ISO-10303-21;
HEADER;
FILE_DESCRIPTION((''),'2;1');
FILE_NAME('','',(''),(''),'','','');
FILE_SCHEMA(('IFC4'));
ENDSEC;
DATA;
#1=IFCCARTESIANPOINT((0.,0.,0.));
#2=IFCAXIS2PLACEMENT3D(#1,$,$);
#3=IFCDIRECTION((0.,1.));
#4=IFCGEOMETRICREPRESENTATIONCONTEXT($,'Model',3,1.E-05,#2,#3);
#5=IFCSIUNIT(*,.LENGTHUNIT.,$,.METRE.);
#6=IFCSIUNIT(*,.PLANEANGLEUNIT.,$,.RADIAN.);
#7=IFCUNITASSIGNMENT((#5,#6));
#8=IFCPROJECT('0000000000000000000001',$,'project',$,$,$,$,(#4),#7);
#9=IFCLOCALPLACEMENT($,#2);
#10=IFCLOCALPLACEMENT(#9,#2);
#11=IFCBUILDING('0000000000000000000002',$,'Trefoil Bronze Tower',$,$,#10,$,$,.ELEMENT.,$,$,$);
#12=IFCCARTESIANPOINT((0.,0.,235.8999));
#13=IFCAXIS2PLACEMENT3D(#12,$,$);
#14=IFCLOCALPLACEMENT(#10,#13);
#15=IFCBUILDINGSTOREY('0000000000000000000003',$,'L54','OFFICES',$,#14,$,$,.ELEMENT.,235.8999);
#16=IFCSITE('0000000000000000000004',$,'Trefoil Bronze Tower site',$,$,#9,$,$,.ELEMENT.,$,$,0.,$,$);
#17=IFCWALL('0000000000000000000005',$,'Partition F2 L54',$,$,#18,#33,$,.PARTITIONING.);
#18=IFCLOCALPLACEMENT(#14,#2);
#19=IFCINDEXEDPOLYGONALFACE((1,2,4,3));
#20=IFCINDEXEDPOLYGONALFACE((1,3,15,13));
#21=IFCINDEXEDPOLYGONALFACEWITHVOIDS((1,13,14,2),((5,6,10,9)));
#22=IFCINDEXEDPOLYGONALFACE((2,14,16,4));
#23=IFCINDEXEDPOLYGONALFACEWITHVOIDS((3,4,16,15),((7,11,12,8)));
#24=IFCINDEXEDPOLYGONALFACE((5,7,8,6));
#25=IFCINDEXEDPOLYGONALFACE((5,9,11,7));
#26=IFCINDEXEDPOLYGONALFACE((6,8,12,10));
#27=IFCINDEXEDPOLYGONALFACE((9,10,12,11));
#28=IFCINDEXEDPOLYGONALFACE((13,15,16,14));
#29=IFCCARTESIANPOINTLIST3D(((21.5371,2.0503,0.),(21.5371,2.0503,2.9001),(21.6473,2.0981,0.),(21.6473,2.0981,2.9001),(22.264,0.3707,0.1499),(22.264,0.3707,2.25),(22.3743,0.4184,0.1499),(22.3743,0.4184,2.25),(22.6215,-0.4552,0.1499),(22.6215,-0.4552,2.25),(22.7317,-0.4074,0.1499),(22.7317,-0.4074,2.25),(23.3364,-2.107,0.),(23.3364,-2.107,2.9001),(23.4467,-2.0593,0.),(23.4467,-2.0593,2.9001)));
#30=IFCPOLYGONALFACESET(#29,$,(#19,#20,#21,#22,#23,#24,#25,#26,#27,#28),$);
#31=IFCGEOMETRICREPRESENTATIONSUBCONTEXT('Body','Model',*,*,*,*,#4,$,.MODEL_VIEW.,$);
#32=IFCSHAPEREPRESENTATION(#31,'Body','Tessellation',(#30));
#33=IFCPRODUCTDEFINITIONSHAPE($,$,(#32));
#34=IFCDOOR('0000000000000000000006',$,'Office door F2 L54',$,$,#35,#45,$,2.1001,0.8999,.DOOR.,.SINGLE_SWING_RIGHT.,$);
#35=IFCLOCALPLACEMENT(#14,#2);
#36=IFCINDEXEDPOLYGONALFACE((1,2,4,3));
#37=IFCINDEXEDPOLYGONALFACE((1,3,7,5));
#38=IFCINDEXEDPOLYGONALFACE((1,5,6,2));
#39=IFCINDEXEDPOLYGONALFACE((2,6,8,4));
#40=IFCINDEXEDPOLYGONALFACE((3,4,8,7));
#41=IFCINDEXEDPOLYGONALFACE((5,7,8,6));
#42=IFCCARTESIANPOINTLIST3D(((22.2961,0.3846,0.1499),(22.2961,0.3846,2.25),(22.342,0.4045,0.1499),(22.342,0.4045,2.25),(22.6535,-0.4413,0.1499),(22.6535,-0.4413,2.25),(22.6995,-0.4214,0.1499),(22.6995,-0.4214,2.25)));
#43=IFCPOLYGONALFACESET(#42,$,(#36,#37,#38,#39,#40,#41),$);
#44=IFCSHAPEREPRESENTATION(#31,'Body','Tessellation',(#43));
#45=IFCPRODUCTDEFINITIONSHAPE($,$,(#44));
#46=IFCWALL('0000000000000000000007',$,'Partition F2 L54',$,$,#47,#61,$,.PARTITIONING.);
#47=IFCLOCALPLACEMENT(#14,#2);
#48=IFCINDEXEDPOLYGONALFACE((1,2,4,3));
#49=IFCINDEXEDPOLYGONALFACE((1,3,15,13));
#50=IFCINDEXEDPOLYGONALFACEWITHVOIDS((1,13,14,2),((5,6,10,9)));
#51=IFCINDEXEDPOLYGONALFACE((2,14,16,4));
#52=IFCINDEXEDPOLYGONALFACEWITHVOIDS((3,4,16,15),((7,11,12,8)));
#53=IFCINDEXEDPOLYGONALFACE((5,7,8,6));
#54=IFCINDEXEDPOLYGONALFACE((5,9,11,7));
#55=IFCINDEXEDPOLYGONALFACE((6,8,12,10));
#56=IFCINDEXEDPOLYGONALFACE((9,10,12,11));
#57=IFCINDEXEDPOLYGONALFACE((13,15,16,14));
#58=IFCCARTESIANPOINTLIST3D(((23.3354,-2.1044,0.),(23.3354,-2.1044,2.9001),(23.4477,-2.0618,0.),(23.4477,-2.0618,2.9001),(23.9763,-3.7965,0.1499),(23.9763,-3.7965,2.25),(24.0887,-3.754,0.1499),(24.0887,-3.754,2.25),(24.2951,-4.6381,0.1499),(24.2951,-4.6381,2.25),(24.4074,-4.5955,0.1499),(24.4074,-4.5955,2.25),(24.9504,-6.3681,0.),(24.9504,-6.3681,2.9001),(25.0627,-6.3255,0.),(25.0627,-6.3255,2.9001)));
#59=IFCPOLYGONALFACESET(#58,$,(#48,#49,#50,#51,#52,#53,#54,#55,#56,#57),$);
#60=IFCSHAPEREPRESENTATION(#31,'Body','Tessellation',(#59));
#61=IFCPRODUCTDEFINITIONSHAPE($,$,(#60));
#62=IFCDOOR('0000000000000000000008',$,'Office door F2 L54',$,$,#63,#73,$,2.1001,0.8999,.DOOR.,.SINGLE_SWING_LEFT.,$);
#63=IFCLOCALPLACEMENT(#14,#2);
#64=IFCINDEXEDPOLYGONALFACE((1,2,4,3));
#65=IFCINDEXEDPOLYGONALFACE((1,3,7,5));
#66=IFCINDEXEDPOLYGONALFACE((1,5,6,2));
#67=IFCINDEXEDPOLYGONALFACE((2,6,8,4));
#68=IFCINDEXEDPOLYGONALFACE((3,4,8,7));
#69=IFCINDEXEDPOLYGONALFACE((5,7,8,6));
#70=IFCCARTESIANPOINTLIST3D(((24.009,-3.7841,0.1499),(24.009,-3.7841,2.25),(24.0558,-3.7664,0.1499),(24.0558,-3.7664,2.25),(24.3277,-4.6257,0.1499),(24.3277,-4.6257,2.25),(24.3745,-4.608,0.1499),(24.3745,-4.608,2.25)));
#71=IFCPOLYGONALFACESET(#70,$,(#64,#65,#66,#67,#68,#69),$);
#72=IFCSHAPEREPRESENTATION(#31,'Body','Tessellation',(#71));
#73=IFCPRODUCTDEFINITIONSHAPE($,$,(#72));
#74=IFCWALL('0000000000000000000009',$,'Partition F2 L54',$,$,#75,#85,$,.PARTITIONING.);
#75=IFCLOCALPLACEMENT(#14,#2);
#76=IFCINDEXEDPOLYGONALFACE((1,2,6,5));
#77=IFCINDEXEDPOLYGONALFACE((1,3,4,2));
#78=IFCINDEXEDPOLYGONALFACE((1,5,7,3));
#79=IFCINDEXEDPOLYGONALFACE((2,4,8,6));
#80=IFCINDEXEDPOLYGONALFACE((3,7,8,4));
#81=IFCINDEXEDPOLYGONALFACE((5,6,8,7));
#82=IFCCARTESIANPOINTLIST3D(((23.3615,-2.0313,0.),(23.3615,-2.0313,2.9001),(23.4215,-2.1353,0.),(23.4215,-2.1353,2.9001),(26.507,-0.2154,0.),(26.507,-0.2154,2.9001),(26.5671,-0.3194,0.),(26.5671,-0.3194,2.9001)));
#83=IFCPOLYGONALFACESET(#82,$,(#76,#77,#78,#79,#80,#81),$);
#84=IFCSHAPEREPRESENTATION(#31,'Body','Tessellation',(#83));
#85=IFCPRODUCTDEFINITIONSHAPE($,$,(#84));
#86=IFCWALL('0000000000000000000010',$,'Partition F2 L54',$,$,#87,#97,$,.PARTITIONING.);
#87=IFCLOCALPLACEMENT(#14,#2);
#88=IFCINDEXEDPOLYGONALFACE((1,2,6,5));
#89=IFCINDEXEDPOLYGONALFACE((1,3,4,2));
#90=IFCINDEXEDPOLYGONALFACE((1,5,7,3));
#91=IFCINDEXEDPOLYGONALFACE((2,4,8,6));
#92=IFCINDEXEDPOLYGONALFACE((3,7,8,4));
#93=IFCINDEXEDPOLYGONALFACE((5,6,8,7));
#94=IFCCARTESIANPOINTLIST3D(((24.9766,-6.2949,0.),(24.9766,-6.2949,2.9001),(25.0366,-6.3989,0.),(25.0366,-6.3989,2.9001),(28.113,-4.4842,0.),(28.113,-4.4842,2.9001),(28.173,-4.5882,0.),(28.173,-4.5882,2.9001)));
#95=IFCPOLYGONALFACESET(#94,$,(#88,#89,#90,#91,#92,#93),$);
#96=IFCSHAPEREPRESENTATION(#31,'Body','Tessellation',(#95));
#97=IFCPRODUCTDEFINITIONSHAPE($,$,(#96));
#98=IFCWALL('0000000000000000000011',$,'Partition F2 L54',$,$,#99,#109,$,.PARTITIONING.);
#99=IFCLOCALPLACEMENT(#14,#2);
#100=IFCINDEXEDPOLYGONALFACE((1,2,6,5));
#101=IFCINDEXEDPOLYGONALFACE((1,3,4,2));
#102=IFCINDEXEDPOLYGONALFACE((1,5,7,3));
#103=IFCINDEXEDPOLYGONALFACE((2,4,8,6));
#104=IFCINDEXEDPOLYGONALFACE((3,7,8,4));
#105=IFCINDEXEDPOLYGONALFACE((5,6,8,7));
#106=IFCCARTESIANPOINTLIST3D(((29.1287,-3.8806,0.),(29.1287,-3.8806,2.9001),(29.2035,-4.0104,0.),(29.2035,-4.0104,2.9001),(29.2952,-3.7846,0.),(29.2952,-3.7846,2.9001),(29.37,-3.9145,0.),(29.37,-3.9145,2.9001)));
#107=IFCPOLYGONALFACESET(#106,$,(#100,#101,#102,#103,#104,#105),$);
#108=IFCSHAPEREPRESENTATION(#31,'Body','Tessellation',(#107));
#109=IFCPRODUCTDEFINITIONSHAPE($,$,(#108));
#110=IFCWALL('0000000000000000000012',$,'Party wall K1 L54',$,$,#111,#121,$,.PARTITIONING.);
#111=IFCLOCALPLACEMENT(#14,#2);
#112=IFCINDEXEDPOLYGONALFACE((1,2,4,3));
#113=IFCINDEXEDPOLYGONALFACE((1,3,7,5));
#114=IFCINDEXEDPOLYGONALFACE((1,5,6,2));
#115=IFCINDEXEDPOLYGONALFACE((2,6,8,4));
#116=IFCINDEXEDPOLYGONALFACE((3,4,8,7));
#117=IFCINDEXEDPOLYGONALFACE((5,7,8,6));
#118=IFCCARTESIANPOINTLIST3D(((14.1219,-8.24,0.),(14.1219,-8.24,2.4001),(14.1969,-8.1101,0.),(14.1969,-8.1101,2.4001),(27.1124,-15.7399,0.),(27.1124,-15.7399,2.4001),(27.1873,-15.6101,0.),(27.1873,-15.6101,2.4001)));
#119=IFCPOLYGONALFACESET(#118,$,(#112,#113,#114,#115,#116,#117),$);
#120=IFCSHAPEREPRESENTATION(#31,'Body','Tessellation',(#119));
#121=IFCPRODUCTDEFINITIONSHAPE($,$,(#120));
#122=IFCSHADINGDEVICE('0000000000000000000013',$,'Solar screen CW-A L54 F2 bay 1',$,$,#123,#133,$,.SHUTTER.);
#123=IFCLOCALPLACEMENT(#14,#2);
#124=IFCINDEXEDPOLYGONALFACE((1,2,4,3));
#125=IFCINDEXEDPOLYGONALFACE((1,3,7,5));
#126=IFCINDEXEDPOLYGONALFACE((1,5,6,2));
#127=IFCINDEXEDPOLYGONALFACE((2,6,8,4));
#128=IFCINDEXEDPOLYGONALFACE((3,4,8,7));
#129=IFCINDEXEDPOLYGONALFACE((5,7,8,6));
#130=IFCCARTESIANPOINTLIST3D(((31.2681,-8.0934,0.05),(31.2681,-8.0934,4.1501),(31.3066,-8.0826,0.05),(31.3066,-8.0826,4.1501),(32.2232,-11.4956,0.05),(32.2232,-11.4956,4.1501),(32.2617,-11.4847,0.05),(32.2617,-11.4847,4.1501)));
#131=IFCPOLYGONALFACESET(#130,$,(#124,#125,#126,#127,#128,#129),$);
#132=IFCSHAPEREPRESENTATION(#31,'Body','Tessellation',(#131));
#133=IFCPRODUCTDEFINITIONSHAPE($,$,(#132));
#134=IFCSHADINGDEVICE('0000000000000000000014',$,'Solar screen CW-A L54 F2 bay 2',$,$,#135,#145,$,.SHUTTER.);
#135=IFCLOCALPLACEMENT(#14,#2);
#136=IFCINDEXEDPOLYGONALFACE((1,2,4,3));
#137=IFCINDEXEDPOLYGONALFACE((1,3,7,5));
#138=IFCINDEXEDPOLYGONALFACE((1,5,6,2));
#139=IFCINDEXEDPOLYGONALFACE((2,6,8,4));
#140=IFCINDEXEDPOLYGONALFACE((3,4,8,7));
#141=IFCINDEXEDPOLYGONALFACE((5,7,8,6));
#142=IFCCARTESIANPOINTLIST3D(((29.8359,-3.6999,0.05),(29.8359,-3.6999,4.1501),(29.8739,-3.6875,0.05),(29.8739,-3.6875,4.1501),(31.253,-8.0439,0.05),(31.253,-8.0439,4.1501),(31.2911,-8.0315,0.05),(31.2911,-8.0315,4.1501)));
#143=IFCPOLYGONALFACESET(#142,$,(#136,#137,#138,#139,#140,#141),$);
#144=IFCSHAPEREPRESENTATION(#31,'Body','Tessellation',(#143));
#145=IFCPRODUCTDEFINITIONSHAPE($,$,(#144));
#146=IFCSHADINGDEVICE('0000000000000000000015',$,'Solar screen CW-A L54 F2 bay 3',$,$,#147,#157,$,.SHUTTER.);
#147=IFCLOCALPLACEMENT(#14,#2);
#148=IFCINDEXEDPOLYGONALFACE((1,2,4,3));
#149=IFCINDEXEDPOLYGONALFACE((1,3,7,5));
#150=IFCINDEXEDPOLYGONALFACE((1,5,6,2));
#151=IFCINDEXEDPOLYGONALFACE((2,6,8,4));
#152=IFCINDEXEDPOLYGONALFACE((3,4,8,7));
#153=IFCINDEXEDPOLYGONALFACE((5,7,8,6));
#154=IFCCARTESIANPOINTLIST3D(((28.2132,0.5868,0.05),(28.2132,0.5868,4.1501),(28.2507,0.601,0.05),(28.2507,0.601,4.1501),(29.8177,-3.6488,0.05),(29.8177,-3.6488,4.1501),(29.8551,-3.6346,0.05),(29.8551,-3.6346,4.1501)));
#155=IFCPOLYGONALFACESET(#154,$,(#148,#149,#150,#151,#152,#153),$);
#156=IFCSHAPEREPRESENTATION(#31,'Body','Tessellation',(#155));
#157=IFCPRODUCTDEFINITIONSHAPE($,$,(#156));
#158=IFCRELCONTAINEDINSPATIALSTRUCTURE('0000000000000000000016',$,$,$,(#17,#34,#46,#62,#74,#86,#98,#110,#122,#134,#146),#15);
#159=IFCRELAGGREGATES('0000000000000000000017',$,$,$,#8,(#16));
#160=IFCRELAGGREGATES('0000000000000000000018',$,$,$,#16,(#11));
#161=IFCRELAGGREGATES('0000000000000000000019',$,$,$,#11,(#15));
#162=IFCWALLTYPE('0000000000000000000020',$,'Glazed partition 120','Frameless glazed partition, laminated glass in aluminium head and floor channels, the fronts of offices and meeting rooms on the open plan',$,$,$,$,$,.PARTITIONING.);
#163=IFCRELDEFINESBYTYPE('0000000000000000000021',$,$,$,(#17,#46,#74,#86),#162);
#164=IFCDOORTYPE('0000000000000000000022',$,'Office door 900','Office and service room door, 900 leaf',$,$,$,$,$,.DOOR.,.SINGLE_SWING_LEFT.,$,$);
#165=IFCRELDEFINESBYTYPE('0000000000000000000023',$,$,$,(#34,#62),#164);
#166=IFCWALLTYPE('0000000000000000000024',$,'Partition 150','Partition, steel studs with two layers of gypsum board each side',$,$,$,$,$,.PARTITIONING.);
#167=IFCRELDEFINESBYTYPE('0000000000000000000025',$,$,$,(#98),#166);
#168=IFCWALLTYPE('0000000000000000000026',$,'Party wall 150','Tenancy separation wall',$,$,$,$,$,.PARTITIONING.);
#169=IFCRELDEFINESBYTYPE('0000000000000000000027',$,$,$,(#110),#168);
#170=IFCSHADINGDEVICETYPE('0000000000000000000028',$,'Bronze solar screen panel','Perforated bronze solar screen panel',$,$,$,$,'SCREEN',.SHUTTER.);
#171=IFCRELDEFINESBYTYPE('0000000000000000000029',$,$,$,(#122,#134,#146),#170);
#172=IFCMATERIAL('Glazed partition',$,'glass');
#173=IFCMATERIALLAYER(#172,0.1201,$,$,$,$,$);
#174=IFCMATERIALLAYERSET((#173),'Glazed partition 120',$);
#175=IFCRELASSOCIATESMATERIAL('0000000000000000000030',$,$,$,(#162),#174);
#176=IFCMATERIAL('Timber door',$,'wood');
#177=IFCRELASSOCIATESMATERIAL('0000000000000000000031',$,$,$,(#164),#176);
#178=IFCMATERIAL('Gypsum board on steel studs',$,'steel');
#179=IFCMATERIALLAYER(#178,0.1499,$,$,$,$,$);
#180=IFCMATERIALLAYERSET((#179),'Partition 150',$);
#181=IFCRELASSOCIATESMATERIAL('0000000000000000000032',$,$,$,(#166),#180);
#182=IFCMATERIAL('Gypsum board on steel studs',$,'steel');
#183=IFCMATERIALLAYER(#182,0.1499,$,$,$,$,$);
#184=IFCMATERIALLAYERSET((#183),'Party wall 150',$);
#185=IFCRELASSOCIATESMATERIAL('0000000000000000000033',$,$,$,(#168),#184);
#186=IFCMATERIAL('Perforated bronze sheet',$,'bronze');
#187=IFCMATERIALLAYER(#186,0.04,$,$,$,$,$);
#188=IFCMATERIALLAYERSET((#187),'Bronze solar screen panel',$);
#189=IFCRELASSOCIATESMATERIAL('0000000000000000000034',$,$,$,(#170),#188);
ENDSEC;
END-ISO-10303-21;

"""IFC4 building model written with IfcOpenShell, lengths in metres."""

from ifc_helpers import new_model, si_unit, direction, frame, frame_2d, origin, origin_2d, place, context, subcontext, project, spatial, rectangle, extrude, material, layer, layer_set, type_object, element, fill, save


model = new_model("IFC4")

# Units and contexts
model_context = context("Model", 3, precision=1e-05, world=origin(), true_north=direction((0.0, 1.0)))
body_context = subcontext(model_context, "Body", "Model", "MODEL_VIEW")
ifc_project = project(units=[si_unit("LENGTHUNIT", "METRE"), si_unit("PLANEANGLEUNIT", "RADIAN")], contexts=[model_context])

# Site, building, storey
site_placement = place(None, origin())
site = spatial("IfcSite", under=ifc_project, at=site_placement, Name="Trefoil Bronze Tower site", CompositionType="ELEMENT", RefElevation=0.0)
building_placement = place(site_placement, origin())
building = spatial("IfcBuilding", under=site, at=building_placement, Name="Trefoil Bronze Tower", CompositionType="ELEMENT")
storey_placement = place(building_placement, frame((0.0, 0.0, 235.8999)))
storey = spatial("IfcBuildingStorey", under=building, at=storey_placement, Name="L54", Description="OFFICES", CompositionType="ELEMENT", Elevation=235.8999)

# Walls, openings, doors
ifc_material_1 = material(Name="Glazed partition", Category="glass")
ifc_layer_1 = layer(ifc_material_1, 0.1201)
ifc_layer_set_1 = layer_set([ifc_layer_1], Name="Glazed partition 120")
wall_type_1 = type_object("IfcWallType", Name="Glazed partition 120", Description="Frameless glazed partition, laminated glass in aluminium head and floor channels, the fronts of offices and meeting rooms on the open plan", PredefinedType="PARTITIONING", material=ifc_layer_set_1)
wall_1_placement = place(storey_placement, frame((23.3916, -2.0833, 0.0), z_axis=(0.0, 0.0, 1.0), x_axis=(-0.397208, 0.917729, 0.0)))
wall_1 = element("IfcWall", 1, at=wall_1_placement, inside=storey, type_object=wall_type_1, Name="Partition F2 L54", PredefinedType="PARTITIONING", context=body_context, shape_type="SweptSolid", body=[
    extrude(rectangle(XDim=4.53, YDim=0.1201, at=frame_2d((2.2651, 0.0))), origin(), (0.0, 0.0, 1.0), 2.9001),
])
opening_1_placement = place(wall_1_placement, frame((1.8, 0.0, 0.1499)))
opening_1 = element("IfcOpeningElement", 2, at=opening_1_placement, cuts=wall_1, PredefinedType="OPENING", context=body_context, shape_type="SweptSolid", body=[
    extrude(rectangle(XDim=0.8999, YDim=2.1001, at=frame_2d((0.45, 1.05))), frame((0.0, 0.0701, 0.0), z_axis=(0.0, -1.0, 0.0), x_axis=(1.0, 0.0, 0.0)), (0.0, 0.0, 1.0), 0.1401),
])
ifc_material_2 = material(Name="Timber door", Category="wood")
door_type_1 = type_object("IfcDoorType", Name="Office door 900", Description="Office and service room door, 900 leaf", OperationType="SINGLE_SWING_LEFT", PredefinedType="DOOR", material=ifc_material_2)
door_1_placement = place(opening_1_placement, frame((0.8999, 0.0, 0.0), z_axis=(0.0, 0.0, 1.0), x_axis=(-1.0, 0.0, 0.0)))
door_1 = element("IfcDoor", 3, at=door_1_placement, inside=storey, type_object=door_type_1, Name="Office door F2 L54", OperationType="SINGLE_SWING_RIGHT", OverallHeight=2.1001, OverallWidth=0.8999, PredefinedType="DOOR", context=body_context, shape_type="SweptSolid", body=[
    extrude(rectangle(XDim=0.8999, YDim=2.1001, at=frame_2d((0.45, 1.05))), frame((0.0, 0.0249, 0.0), z_axis=(0.0, -1.0, 0.0), x_axis=(1.0, 0.0, 0.0)), (0.0, 0.0, 1.0), 0.05),
])
fill(opening_1, door_1)
wall_2_placement = place(storey_placement, frame((25.0066, -6.3469, 0.0), z_axis=(0.0, 0.0, 1.0), x_axis=(-0.35422, 0.935162, 0.0)))
wall_2 = element("IfcWall", 4, at=wall_2_placement, inside=storey, type_object=wall_type_1, Name="Partition F2 L54", PredefinedType="PARTITIONING", context=body_context, shape_type="SweptSolid", body=[
    extrude(rectangle(XDim=4.5593, YDim=0.1201, at=frame_2d((2.2798, 0.0))), origin(), (0.0, 0.0, 1.0), 2.9001),
])
opening_2_placement = place(wall_2_placement, frame((1.8501, 0.0, 0.1499)))
opening_2 = element("IfcOpeningElement", 5, at=opening_2_placement, cuts=wall_2, PredefinedType="OPENING", context=body_context, shape_type="SweptSolid", body=[
    extrude(rectangle(XDim=0.8999, YDim=2.1001, at=frame_2d((0.45, 1.05))), frame((0.0, 0.0701, 0.0), z_axis=(0.0, -1.0, 0.0), x_axis=(1.0, 0.0, 0.0)), (0.0, 0.0, 1.0), 0.1401),
])
door_2_placement = place(opening_2_placement, frame((0.8999, 0.0, 0.0), z_axis=(0.0, 0.0, 1.0), x_axis=(-1.0, 0.0, 0.0)))
door_2 = element("IfcDoor", 6, at=door_2_placement, inside=storey, type_object=door_type_1, Name="Office door F2 L54", OperationType="SINGLE_SWING_LEFT", OverallHeight=2.1001, OverallWidth=0.8999, PredefinedType="DOOR", context=body_context, shape_type="SweptSolid", body=[
    extrude(rectangle(XDim=0.8999, YDim=2.1001, at=frame_2d((0.45, 1.05))), frame((0.0, 0.0249, 0.0), z_axis=(0.0, -1.0, 0.0), x_axis=(1.0, 0.0, 0.0)), (0.0, 0.0, 1.0), 0.05),
])
fill(opening_2, door_2)

# Walls
wall_3_placement = place(storey_placement, frame((23.3916, -2.0833, 0.0), z_axis=(0.0, 0.0, 1.0), x_axis=(0.866042, 0.499971, 0.0)))
element("IfcWall", 7, at=wall_3_placement, inside=storey, type_object=wall_type_1, Name="Partition F2 L54", PredefinedType="PARTITIONING", context=body_context, shape_type="SweptSolid", body=[
    extrude(rectangle(XDim=3.6321, YDim=0.1201, at=frame_2d((1.8159, 0.0))), origin(), (0.0, 0.0, 1.0), 2.9001),
])
wall_4_placement = place(storey_placement, frame((25.0066, -6.3469, 0.0), z_axis=(0.0, 0.0, 1.0), x_axis=(0.866032, 0.499989, 0.0)))
element("IfcWall", 8, at=wall_4_placement, inside=storey, type_object=wall_type_1, Name="Partition F2 L54", PredefinedType="PARTITIONING", context=body_context, shape_type="SweptSolid", body=[
    extrude(rectangle(XDim=3.6216, YDim=0.1201, at=frame_2d((1.8108, 0.0))), origin(), (0.0, 0.0, 1.0), 2.9001),
])
ifc_material_3 = material(Name="Gypsum board on steel studs", Category="steel")
ifc_layer_2 = layer(ifc_material_3, 0.1499)
ifc_layer_set_2 = layer_set([ifc_layer_2], Name="Partition 150")
wall_type_2 = type_object("IfcWallType", Name="Partition 150", Description="Partition, steel studs with two layers of gypsum board each side", PredefinedType="PARTITIONING", material=ifc_layer_set_2)
wall_5_placement = place(storey_placement, frame((29.166, -3.9456, 0.0), z_axis=(0.0, 0.0, 1.0), x_axis=(0.866439, 0.499282, 0.0)))
element("IfcWall", 9, at=wall_5_placement, inside=storey, type_object=wall_type_2, Name="Partition F2 L54", PredefinedType="PARTITIONING", context=body_context, shape_type="SweptSolid", body=[
    extrude(rectangle(XDim=0.1921, YDim=0.1499, at=frame_2d((0.0962, 0.0))), origin(), (0.0, 0.0, 1.0), 2.9001),
])
ifc_material_4 = material(Name="Gypsum board on steel studs", Category="steel")
ifc_layer_3 = layer(ifc_material_4, 0.1499)
ifc_layer_set_3 = layer_set([ifc_layer_3], Name="Party wall 150")
wall_type_3 = type_object("IfcWallType", Name="Party wall 150", Description="Tenancy separation wall", PredefinedType="PARTITIONING", material=ifc_layer_set_3)
wall_6_placement = place(storey_placement, frame((14.1594, -8.175, 0.0), z_axis=(0.0, 0.0, 1.0), x_axis=(0.866027, -0.499997, 0.0)))
element("IfcWall", 10, at=wall_6_placement, inside=storey, type_object=wall_type_3, Name="Party wall K1 L54", PredefinedType="PARTITIONING", context=body_context, shape_type="SweptSolid", body=[
    extrude(rectangle(XDim=15.0, YDim=0.1499, at=frame_2d((7.5, 0.0))), origin(), (0.0, 0.0, 1.0), 2.4001),
])

# Shading devices
ifc_material_5 = material(Name="Perforated bronze sheet", Category="bronze")
ifc_layer_4 = layer(ifc_material_5, 0.04)
ifc_layer_set_4 = layer_set([ifc_layer_4], Name="Bronze solar screen panel")
shading_device_type = type_object("IfcShadingDeviceType", Name="Bronze solar screen panel", Description="Perforated bronze solar screen panel", ElementType="SCREEN", PredefinedType="SHUTTER", material=ifc_layer_set_4)
shading_device_1_placement = place(storey_placement, frame((31.7649, -9.7891, 0.05), z_axis=(0.0, 0.0, 1.0), x_axis=(-0.270282, 0.962781, 0.0)))
element("IfcShadingDevice", 11, at=shading_device_1_placement, inside=storey, type_object=shading_device_type, Name="Solar screen CW-A L54 F2 bay 1", PredefinedType="SHUTTER", context=body_context, shape_type="SweptSolid", body=[
    extrude(rectangle(XDim=3.5337, YDim=0.04, at=origin_2d()), origin(), (0.0, 0.0, 1.0), 4.1001),
])
shading_device_2_placement = place(storey_placement, frame((30.5635, -5.8657, 0.05), z_axis=(0.0, 0.0, 1.0), x_axis=(-0.310149, 0.950688, 0.0)))
element("IfcShadingDevice", 12, at=shading_device_2_placement, inside=storey, type_object=shading_device_type, Name="Solar screen CW-A L54 F2 bay 2", PredefinedType="SHUTTER", context=body_context, shape_type="SweptSolid", body=[
    extrude(rectangle(XDim=4.5693, YDim=0.04, at=origin_2d()), origin(), (0.0, 0.0, 1.0), 4.1001),
])
shading_device_3_placement = place(storey_placement, frame((29.0342, -1.5239, 0.05), z_axis=(0.0, 0.0, 1.0), x_axis=(-0.354234, 0.935157, 0.0)))
element("IfcShadingDevice", 13, at=shading_device_3_placement, inside=storey, type_object=shading_device_type, Name="Solar screen CW-A L54 F2 bay 3", PredefinedType="SHUTTER", context=body_context, shape_type="SweptSolid", body=[
    extrude(rectangle(XDim=4.5293, YDim=0.04, at=origin_2d()), origin(), (0.0, 0.0, 1.0), 4.1001),
])

save(model, "model.ifc")
